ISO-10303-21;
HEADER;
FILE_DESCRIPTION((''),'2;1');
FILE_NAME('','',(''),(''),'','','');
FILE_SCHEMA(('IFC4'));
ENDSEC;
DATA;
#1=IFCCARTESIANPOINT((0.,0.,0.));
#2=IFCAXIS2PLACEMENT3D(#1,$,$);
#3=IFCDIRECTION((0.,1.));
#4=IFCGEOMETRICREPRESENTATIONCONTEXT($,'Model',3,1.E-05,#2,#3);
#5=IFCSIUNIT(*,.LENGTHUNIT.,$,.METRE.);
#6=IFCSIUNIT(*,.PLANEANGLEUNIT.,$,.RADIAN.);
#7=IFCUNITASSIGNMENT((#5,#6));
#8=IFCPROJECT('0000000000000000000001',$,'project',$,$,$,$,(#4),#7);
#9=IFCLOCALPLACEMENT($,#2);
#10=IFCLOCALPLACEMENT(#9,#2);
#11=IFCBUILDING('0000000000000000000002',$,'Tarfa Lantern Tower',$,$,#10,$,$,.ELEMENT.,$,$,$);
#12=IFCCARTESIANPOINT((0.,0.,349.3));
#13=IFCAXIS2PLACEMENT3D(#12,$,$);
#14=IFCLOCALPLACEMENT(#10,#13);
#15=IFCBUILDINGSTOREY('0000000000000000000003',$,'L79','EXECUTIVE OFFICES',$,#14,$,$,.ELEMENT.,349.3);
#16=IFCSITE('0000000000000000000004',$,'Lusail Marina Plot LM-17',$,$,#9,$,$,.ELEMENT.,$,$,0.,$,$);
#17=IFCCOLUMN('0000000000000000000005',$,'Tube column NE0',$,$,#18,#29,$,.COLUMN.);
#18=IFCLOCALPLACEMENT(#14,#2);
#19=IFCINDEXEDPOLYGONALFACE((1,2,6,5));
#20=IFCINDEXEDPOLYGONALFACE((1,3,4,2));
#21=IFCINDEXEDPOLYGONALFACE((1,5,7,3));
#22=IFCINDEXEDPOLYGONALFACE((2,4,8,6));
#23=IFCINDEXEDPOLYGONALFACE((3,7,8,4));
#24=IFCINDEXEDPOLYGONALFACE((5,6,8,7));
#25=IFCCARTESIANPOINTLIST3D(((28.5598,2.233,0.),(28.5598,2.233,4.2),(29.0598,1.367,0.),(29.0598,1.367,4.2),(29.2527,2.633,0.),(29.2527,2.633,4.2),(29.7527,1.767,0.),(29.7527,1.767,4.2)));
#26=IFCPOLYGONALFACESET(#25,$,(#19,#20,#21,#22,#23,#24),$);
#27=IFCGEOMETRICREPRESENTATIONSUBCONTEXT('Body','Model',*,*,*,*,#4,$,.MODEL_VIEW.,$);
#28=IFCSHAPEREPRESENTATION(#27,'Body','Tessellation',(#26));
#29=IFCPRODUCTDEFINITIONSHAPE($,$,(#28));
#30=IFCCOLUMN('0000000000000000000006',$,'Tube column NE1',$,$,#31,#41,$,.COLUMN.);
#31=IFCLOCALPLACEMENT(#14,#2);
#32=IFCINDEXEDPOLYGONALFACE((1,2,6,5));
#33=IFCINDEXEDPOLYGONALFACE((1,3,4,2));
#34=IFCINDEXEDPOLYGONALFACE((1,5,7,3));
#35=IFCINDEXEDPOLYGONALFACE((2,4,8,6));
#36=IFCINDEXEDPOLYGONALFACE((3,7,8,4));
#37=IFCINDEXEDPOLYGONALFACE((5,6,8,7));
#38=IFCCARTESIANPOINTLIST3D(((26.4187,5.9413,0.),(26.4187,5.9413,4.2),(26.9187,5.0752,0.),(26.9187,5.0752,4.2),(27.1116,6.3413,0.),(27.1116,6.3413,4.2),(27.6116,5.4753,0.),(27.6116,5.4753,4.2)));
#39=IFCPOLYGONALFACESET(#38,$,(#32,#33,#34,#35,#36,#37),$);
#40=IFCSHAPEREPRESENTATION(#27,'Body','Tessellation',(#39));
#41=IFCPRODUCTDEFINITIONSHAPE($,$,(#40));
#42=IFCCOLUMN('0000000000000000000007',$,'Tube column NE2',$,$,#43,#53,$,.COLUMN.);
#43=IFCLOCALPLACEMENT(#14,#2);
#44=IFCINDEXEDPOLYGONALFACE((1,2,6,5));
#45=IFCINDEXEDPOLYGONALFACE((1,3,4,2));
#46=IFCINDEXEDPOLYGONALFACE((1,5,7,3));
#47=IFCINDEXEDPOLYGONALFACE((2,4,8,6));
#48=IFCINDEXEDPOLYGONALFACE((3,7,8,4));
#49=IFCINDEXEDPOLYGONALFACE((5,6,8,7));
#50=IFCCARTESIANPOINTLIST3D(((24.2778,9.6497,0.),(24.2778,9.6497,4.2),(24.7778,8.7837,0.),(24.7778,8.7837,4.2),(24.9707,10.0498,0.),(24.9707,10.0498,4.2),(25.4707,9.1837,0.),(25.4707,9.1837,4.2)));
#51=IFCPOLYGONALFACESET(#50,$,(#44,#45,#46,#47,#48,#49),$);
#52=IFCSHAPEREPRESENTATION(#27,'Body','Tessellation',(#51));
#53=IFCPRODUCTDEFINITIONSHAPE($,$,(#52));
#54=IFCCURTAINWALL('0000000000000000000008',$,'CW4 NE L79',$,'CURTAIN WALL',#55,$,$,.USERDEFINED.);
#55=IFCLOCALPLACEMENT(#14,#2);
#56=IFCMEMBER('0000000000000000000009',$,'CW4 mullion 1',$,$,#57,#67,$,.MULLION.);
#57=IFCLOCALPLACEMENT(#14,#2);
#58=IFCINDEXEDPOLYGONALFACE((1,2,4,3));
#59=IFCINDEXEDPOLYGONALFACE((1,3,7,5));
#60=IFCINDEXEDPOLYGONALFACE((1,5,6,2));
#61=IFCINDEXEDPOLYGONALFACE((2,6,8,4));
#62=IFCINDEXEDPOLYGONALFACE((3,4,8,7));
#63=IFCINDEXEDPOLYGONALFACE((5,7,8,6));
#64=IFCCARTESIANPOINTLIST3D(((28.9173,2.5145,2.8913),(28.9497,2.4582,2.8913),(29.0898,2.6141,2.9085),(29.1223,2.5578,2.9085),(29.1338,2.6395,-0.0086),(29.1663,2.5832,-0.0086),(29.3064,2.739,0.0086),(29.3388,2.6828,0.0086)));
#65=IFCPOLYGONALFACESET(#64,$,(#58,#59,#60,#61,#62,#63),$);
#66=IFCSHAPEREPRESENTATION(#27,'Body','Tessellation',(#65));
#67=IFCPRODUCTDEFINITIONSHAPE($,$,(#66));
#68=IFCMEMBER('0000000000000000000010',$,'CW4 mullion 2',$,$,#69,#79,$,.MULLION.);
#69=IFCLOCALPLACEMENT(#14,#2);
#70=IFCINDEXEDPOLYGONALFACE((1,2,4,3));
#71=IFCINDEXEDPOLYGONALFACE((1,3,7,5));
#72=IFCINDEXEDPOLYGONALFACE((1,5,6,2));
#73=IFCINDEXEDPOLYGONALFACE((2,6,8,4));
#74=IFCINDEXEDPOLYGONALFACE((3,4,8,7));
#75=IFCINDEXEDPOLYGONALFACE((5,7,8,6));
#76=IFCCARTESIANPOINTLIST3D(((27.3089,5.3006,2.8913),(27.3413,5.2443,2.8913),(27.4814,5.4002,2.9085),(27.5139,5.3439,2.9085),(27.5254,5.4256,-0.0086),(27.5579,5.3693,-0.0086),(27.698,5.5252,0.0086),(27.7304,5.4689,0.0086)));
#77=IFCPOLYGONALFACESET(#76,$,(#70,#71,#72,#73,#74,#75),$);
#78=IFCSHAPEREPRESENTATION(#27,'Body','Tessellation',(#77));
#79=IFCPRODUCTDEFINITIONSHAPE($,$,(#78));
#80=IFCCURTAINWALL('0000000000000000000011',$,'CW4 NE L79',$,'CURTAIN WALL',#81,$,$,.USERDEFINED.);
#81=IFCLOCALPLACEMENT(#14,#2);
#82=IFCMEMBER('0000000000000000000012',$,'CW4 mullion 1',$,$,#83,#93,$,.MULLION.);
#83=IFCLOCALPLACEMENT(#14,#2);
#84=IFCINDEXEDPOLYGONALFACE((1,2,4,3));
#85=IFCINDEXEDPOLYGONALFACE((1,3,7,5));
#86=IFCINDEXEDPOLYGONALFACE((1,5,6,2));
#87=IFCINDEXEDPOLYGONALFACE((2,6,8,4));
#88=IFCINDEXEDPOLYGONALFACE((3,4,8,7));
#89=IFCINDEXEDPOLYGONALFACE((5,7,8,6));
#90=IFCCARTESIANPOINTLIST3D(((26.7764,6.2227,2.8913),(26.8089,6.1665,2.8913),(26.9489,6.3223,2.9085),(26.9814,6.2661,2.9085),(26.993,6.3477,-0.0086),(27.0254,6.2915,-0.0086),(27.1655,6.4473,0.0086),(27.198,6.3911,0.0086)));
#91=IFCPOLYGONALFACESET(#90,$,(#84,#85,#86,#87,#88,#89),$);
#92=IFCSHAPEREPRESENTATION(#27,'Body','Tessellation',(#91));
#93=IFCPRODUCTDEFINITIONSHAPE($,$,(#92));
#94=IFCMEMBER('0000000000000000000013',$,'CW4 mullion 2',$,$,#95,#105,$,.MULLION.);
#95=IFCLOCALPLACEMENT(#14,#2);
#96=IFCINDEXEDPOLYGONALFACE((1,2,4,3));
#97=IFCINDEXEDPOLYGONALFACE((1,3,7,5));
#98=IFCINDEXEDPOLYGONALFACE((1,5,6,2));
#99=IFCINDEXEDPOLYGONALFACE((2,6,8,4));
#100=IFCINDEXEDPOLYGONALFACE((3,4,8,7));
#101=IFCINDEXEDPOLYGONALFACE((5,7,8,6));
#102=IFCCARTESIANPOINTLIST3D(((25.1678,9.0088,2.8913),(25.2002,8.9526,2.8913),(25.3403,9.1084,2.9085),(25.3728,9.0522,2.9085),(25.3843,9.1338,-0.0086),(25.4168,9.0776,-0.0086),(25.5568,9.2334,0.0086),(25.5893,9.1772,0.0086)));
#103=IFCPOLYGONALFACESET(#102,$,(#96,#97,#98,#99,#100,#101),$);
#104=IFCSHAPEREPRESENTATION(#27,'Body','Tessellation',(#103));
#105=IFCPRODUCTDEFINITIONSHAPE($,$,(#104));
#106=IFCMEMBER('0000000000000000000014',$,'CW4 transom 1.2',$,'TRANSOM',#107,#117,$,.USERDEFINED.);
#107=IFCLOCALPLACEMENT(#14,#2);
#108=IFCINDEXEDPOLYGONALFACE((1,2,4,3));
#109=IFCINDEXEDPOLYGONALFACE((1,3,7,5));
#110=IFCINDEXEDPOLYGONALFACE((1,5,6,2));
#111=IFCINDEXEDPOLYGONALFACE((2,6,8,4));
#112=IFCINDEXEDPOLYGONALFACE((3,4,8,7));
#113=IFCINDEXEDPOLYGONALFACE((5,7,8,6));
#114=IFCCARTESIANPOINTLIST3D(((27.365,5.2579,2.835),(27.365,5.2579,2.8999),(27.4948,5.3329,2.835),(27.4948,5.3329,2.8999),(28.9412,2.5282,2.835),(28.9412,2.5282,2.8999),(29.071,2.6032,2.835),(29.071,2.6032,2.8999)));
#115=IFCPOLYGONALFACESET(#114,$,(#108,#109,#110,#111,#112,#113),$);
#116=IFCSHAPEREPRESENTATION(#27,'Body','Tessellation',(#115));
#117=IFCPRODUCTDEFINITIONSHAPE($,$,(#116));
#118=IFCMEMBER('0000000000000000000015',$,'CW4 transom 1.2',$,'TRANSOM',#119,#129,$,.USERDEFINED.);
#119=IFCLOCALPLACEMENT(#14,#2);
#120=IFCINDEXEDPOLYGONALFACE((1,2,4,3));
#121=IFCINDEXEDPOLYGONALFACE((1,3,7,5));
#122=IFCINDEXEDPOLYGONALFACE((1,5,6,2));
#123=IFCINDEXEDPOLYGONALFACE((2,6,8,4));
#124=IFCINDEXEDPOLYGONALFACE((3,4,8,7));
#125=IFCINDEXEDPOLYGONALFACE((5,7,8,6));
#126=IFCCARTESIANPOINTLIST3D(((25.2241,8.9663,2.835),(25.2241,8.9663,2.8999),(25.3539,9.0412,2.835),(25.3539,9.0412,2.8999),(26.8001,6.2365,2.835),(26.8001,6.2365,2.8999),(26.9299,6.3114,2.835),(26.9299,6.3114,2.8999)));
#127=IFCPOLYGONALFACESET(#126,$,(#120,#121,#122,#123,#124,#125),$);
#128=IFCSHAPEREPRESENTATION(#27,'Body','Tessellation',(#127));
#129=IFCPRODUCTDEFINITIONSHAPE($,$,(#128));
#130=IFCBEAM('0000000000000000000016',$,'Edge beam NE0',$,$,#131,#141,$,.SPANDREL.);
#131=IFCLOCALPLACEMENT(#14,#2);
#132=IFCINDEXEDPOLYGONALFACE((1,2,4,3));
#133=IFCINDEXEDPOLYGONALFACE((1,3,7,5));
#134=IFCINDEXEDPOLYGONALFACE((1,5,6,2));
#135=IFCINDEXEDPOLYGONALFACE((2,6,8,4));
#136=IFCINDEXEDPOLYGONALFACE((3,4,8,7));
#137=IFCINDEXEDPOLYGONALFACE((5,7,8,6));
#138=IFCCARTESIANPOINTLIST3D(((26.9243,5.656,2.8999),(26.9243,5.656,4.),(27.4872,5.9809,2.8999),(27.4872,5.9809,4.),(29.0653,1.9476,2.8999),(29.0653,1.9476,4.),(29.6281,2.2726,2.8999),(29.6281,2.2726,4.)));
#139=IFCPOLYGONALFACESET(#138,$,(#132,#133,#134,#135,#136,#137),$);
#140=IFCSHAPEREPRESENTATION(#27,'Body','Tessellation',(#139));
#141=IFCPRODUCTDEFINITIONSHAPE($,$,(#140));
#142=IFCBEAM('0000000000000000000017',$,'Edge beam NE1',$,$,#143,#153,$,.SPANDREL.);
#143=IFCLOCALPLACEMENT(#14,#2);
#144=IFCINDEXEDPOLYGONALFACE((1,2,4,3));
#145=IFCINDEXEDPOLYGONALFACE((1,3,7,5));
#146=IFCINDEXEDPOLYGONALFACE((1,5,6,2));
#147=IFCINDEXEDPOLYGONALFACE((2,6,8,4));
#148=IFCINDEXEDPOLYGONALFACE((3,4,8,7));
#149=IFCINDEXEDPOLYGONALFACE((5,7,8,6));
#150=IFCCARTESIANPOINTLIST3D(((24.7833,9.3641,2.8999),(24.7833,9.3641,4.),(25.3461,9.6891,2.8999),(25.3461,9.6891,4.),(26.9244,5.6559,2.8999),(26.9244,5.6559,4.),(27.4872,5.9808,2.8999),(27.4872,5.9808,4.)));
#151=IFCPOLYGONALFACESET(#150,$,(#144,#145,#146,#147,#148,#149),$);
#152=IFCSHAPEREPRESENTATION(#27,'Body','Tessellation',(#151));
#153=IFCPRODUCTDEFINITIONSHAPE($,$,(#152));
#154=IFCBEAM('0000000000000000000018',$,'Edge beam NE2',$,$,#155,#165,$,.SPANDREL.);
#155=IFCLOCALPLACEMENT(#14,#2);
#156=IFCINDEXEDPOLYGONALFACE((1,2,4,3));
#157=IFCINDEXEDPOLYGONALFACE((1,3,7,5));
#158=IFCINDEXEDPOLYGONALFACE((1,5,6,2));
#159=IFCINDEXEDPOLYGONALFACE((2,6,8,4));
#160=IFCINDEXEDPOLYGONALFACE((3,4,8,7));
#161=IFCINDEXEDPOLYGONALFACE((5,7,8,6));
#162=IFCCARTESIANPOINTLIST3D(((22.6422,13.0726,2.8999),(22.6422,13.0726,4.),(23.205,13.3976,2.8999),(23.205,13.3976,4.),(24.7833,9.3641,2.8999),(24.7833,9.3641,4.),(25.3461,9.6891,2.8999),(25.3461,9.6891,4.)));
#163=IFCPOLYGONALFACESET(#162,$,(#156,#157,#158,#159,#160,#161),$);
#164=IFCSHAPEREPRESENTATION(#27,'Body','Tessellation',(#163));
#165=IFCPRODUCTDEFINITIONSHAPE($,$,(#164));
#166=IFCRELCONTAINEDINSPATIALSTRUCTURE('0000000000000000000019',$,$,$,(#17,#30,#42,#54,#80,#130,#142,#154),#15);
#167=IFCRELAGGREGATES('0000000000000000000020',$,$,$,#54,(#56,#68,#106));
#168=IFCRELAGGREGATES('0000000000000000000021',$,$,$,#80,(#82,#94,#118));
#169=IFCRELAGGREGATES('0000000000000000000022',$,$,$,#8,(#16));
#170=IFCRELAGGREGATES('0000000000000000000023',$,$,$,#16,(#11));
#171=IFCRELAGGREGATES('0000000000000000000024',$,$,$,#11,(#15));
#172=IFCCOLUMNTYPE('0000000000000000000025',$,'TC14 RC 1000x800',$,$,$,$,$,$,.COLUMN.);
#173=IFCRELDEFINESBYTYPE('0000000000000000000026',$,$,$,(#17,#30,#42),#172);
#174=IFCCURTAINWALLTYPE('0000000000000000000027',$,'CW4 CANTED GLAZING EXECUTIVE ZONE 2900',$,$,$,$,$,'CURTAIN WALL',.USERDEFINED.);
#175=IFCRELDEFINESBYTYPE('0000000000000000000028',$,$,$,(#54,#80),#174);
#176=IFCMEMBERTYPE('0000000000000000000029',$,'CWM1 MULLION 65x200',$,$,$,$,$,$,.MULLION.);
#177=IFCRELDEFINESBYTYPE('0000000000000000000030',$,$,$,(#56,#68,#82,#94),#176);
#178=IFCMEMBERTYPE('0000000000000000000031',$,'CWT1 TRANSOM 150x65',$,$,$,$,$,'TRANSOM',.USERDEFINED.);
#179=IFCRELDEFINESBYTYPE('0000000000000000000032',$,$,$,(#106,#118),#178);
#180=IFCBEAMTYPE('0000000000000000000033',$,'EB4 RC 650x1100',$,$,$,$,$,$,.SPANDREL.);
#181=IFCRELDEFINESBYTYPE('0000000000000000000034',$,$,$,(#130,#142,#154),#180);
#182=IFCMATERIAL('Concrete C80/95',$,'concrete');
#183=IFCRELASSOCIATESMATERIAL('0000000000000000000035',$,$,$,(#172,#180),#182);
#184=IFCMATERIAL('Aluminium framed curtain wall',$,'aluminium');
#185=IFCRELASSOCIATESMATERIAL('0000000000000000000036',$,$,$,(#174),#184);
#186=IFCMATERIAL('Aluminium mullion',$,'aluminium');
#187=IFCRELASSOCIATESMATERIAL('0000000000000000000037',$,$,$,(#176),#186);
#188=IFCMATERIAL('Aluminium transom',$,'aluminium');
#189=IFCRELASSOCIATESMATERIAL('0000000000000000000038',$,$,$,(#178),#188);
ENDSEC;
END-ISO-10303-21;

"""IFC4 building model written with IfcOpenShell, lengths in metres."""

from ifc_helpers import new_model, si_unit, direction, frame, origin, origin_2d, place, context, subcontext, project, spatial, rectangle, extrude, material, material_profile, profile_set, type_object, element, aggregate, save


model = new_model("IFC4")

# Units and contexts
model_context = context("Model", 3, precision=1e-05, world=origin(), true_north=direction((0.0, 1.0)))
body_context = subcontext(model_context, "Body", "Model", "MODEL_VIEW")
ifc_project = project(units=[si_unit("LENGTHUNIT", "METRE"), si_unit("PLANEANGLEUNIT", "RADIAN")], contexts=[model_context])

# Site, building, storey
site_placement = place(None, origin())
site = spatial("IfcSite", under=ifc_project, at=site_placement, Name="Lusail Marina Plot LM-17", CompositionType="ELEMENT", RefElevation=0.0)
building_placement = place(site_placement, origin())
building = spatial("IfcBuilding", under=site, at=building_placement, Name="Tarfa Lantern Tower", CompositionType="ELEMENT")
storey_placement = place(building_placement, frame((0.0, 0.0, 349.3)))
storey = spatial("IfcBuildingStorey", under=building, at=storey_placement, Name="L79", Description="EXECUTIVE OFFICES", CompositionType="ELEMENT", Elevation=349.3)

# Columns
ifc_material_1 = material(Name="Concrete C80/95", Category="concrete")
ifc_material_profile_1 = material_profile(ifc_material_1, rectangle(XDim=1.0, YDim=0.8, at=origin_2d()), Name="RC 1000x800")
ifc_profile_set_1 = profile_set([ifc_material_profile_1], Name="Concrete C80/95")
column_type = type_object("IfcColumnType", Name="TC14 RC 1000x800", PredefinedType="COLUMN", material=ifc_profile_set_1)
for number, where, z_axis, x_axis, name in (
    (1, (29.1562, 2.0, 0.0), (0.0, 0.0, 1.0), (-0.5, 0.866025, 0.0), "Tube column NE0"),
    (2, (27.0151, 5.7083, 0.0), (0.0, 0.0, 1.0), (-0.5, 0.866025, 0.0), "Tube column NE1"),
    (3, (24.8743, 9.4167, 0.0), (0.0, 0.0, 1.0), (-0.5, 0.866025, 0.0), "Tube column NE2"),
):
    element("IfcColumn", number, at=place(storey_placement, frame(where, z_axis=z_axis, x_axis=x_axis)), inside=storey, type_object=column_type, Name=name, PredefinedType="COLUMN", context=body_context, shape_type="SweptSolid", body=[
        extrude(rectangle(XDim=1.0, YDim=0.8, at=origin_2d()), origin(), (0.0, 0.0, 1.0), 4.2),
    ])

# Curtain walls, members
ifc_material_2 = material(Name="Aluminium framed curtain wall", Category="aluminium")
curtain_wall_type = type_object("IfcCurtainWallType", Name="CW4 CANTED GLAZING EXECUTIVE ZONE 2900", ElementType="CURTAIN WALL", PredefinedType="USERDEFINED", material=ifc_material_2)
curtain_wall_1_placement = place(storey_placement, origin())
curtain_wall_1 = element("IfcCurtainWall", 4, at=curtain_wall_1_placement, inside=storey, type_object=curtain_wall_type, Name="CW4 NE L79", ObjectType="CURTAIN WALL", PredefinedType="USERDEFINED")
ifc_material_3 = material(Name="Aluminium mullion", Category="aluminium")
ifc_material_profile_2 = material_profile(ifc_material_3, rectangle(XDim=0.0649, YDim=0.2, at=origin_2d()), Name="AL MULLION 65x200")
ifc_profile_set_2 = profile_set([ifc_material_profile_2], Name="Aluminium mullion")
member_type_1 = type_object("IfcMemberType", Name="CWM1 MULLION 65x200", PredefinedType="MULLION", material=ifc_profile_set_2)
member_1_placement = place(storey_placement, frame((29.2363, 2.6611, 0.0), z_axis=(-0.0744, -0.042946, 0.996303), x_axis=(0.49992, -0.866072, 0.0)))
member_1 = element("IfcMember", 5, at=member_1_placement, type_object=member_type_1, Name="CW4 mullion 1", PredefinedType="MULLION", context=body_context, shape_type="SweptSolid", body=[
    extrude(rectangle(XDim=0.0649, YDim=0.2, at=origin_2d()), origin(), (0.0, 0.0, 1.0), 2.9106),
])
member_2_placement = place(storey_placement, frame((27.6279, 5.4473, 0.0), z_axis=(-0.0744, -0.042946, 0.996303), x_axis=(0.49992, -0.866072, 0.0)))
member_2 = element("IfcMember", 6, at=member_2_placement, type_object=member_type_1, Name="CW4 mullion 2", PredefinedType="MULLION", context=body_context, shape_type="SweptSolid", body=[
    extrude(rectangle(XDim=0.0649, YDim=0.2, at=origin_2d()), origin(), (0.0, 0.0, 1.0), 2.9106),
])
curtain_wall_2_placement = place(storey_placement, origin())
curtain_wall_2 = element("IfcCurtainWall", 7, at=curtain_wall_2_placement, inside=storey, type_object=curtain_wall_type, Name="CW4 NE L79", ObjectType="CURTAIN WALL", PredefinedType="USERDEFINED")
member_3_placement = place(storey_placement, frame((27.0955, 6.3694, 0.0), z_axis=(-0.0744, -0.042946, 0.996303), x_axis=(0.49992, -0.866072, 0.0)))
member_3 = element("IfcMember", 8, at=member_3_placement, type_object=member_type_1, Name="CW4 mullion 1", PredefinedType="MULLION", context=body_context, shape_type="SweptSolid", body=[
    extrude(rectangle(XDim=0.0649, YDim=0.2, at=origin_2d()), origin(), (0.0, 0.0, 1.0), 2.9106),
])
member_4_placement = place(storey_placement, frame((25.4868, 9.1555, 0.0), z_axis=(-0.0744, -0.042946, 0.996303), x_axis=(0.49992, -0.866072, 0.0)))
member_4 = element("IfcMember", 9, at=member_4_placement, type_object=member_type_1, Name="CW4 mullion 2", PredefinedType="MULLION", context=body_context, shape_type="SweptSolid", body=[
    extrude(rectangle(XDim=0.0649, YDim=0.2, at=origin_2d()), origin(), (0.0, 0.0, 1.0), 2.9106),
])

# Members
ifc_material_4 = material(Name="Aluminium transom", Category="aluminium")
ifc_material_profile_3 = material_profile(ifc_material_4, rectangle(XDim=0.1499, YDim=0.0649, at=origin_2d()), Name="AL TRANSOM 150x65")
ifc_profile_set_3 = profile_set([ifc_material_profile_3], Name="Aluminium transom")
member_type_2 = type_object("IfcMemberType", Name="CWT1 TRANSOM 150x65", ElementType="TRANSOM", PredefinedType="USERDEFINED", material=ifc_profile_set_3)
member_5_placement = place(storey_placement, frame((29.0061, 2.5657, 2.8674), z_axis=(-0.500038, 0.866004, 0.0), x_axis=(-0.866004, -0.500038, 0.0)))
member_5 = element("IfcMember", 10, at=member_5_placement, type_object=member_type_2, Name="CW4 transom 1.2", ObjectType="TRANSOM", PredefinedType="USERDEFINED", context=body_context, shape_type="SweptSolid", body=[
    extrude(rectangle(XDim=0.1499, YDim=0.0649, at=origin_2d()), origin(), (0.0, 0.0, 1.0), 3.1521),
])
member_6_placement = place(storey_placement, frame((26.865, 6.2739, 2.8674), z_axis=(-0.499979, 0.866037, 0.0), x_axis=(-0.866037, -0.499979, 0.0)))
member_6 = element("IfcMember", 11, at=member_6_placement, type_object=member_type_2, Name="CW4 transom 1.2", ObjectType="TRANSOM", PredefinedType="USERDEFINED", context=body_context, shape_type="SweptSolid", body=[
    extrude(rectangle(XDim=0.1499, YDim=0.0649, at=origin_2d()), origin(), (0.0, 0.0, 1.0), 3.1521),
])

# Beams
ifc_material_profile_4 = material_profile(ifc_material_1, rectangle(XDim=0.6499, YDim=1.1001, at=origin_2d()), Name="RC 650x1100")
ifc_profile_set_4 = profile_set([ifc_material_profile_4], Name="Concrete C80/95")
beam_type_1 = type_object("IfcBeamType", Name="EB4 RC 650x1100", PredefinedType="SPANDREL", material=ifc_profile_set_4)
for number, where, z_axis, x_axis, name in (
    (12, (29.3467, 2.1101, 3.45), (-0.499984, 0.866035, 0.0), (-0.866035, -0.499984, 0.0), "Edge beam NE0"),
    (13, (27.2058, 5.8184, 3.45), (-0.500027, 0.86601, 0.0), (-0.86601, -0.500027, 0.0), "Edge beam NE1"),
):
    element("IfcBeam", number, at=place(storey_placement, frame(where, z_axis=z_axis, x_axis=x_axis)), inside=storey, type_object=beam_type_1, Name=name, PredefinedType="SPANDREL", context=body_context, shape_type="SweptSolid", body=[
        extrude(rectangle(XDim=0.6499, YDim=1.1001, at=origin_2d()), origin(), (0.0, 0.0, 1.0), 4.282),
    ])
beam_1_placement = place(storey_placement, frame((25.0647, 9.5266, 3.45), z_axis=(-0.500002, 0.866024, 0.0), x_axis=(-0.866024, -0.500002, 0.0)))
element("IfcBeam", 14, at=beam_1_placement, inside=storey, type_object=beam_type_1, Name="Edge beam NE2", PredefinedType="SPANDREL", context=body_context, shape_type="SweptSolid", body=[
    extrude(rectangle(XDim=0.6499, YDim=1.1001, at=origin_2d()), origin(), (0.0, 0.0, 1.0), 4.2822),
])

aggregate(curtain_wall_1, [member_1, member_2, member_5])
aggregate(curtain_wall_2, [member_3, member_4, member_6])

save(model, "model.ifc")
